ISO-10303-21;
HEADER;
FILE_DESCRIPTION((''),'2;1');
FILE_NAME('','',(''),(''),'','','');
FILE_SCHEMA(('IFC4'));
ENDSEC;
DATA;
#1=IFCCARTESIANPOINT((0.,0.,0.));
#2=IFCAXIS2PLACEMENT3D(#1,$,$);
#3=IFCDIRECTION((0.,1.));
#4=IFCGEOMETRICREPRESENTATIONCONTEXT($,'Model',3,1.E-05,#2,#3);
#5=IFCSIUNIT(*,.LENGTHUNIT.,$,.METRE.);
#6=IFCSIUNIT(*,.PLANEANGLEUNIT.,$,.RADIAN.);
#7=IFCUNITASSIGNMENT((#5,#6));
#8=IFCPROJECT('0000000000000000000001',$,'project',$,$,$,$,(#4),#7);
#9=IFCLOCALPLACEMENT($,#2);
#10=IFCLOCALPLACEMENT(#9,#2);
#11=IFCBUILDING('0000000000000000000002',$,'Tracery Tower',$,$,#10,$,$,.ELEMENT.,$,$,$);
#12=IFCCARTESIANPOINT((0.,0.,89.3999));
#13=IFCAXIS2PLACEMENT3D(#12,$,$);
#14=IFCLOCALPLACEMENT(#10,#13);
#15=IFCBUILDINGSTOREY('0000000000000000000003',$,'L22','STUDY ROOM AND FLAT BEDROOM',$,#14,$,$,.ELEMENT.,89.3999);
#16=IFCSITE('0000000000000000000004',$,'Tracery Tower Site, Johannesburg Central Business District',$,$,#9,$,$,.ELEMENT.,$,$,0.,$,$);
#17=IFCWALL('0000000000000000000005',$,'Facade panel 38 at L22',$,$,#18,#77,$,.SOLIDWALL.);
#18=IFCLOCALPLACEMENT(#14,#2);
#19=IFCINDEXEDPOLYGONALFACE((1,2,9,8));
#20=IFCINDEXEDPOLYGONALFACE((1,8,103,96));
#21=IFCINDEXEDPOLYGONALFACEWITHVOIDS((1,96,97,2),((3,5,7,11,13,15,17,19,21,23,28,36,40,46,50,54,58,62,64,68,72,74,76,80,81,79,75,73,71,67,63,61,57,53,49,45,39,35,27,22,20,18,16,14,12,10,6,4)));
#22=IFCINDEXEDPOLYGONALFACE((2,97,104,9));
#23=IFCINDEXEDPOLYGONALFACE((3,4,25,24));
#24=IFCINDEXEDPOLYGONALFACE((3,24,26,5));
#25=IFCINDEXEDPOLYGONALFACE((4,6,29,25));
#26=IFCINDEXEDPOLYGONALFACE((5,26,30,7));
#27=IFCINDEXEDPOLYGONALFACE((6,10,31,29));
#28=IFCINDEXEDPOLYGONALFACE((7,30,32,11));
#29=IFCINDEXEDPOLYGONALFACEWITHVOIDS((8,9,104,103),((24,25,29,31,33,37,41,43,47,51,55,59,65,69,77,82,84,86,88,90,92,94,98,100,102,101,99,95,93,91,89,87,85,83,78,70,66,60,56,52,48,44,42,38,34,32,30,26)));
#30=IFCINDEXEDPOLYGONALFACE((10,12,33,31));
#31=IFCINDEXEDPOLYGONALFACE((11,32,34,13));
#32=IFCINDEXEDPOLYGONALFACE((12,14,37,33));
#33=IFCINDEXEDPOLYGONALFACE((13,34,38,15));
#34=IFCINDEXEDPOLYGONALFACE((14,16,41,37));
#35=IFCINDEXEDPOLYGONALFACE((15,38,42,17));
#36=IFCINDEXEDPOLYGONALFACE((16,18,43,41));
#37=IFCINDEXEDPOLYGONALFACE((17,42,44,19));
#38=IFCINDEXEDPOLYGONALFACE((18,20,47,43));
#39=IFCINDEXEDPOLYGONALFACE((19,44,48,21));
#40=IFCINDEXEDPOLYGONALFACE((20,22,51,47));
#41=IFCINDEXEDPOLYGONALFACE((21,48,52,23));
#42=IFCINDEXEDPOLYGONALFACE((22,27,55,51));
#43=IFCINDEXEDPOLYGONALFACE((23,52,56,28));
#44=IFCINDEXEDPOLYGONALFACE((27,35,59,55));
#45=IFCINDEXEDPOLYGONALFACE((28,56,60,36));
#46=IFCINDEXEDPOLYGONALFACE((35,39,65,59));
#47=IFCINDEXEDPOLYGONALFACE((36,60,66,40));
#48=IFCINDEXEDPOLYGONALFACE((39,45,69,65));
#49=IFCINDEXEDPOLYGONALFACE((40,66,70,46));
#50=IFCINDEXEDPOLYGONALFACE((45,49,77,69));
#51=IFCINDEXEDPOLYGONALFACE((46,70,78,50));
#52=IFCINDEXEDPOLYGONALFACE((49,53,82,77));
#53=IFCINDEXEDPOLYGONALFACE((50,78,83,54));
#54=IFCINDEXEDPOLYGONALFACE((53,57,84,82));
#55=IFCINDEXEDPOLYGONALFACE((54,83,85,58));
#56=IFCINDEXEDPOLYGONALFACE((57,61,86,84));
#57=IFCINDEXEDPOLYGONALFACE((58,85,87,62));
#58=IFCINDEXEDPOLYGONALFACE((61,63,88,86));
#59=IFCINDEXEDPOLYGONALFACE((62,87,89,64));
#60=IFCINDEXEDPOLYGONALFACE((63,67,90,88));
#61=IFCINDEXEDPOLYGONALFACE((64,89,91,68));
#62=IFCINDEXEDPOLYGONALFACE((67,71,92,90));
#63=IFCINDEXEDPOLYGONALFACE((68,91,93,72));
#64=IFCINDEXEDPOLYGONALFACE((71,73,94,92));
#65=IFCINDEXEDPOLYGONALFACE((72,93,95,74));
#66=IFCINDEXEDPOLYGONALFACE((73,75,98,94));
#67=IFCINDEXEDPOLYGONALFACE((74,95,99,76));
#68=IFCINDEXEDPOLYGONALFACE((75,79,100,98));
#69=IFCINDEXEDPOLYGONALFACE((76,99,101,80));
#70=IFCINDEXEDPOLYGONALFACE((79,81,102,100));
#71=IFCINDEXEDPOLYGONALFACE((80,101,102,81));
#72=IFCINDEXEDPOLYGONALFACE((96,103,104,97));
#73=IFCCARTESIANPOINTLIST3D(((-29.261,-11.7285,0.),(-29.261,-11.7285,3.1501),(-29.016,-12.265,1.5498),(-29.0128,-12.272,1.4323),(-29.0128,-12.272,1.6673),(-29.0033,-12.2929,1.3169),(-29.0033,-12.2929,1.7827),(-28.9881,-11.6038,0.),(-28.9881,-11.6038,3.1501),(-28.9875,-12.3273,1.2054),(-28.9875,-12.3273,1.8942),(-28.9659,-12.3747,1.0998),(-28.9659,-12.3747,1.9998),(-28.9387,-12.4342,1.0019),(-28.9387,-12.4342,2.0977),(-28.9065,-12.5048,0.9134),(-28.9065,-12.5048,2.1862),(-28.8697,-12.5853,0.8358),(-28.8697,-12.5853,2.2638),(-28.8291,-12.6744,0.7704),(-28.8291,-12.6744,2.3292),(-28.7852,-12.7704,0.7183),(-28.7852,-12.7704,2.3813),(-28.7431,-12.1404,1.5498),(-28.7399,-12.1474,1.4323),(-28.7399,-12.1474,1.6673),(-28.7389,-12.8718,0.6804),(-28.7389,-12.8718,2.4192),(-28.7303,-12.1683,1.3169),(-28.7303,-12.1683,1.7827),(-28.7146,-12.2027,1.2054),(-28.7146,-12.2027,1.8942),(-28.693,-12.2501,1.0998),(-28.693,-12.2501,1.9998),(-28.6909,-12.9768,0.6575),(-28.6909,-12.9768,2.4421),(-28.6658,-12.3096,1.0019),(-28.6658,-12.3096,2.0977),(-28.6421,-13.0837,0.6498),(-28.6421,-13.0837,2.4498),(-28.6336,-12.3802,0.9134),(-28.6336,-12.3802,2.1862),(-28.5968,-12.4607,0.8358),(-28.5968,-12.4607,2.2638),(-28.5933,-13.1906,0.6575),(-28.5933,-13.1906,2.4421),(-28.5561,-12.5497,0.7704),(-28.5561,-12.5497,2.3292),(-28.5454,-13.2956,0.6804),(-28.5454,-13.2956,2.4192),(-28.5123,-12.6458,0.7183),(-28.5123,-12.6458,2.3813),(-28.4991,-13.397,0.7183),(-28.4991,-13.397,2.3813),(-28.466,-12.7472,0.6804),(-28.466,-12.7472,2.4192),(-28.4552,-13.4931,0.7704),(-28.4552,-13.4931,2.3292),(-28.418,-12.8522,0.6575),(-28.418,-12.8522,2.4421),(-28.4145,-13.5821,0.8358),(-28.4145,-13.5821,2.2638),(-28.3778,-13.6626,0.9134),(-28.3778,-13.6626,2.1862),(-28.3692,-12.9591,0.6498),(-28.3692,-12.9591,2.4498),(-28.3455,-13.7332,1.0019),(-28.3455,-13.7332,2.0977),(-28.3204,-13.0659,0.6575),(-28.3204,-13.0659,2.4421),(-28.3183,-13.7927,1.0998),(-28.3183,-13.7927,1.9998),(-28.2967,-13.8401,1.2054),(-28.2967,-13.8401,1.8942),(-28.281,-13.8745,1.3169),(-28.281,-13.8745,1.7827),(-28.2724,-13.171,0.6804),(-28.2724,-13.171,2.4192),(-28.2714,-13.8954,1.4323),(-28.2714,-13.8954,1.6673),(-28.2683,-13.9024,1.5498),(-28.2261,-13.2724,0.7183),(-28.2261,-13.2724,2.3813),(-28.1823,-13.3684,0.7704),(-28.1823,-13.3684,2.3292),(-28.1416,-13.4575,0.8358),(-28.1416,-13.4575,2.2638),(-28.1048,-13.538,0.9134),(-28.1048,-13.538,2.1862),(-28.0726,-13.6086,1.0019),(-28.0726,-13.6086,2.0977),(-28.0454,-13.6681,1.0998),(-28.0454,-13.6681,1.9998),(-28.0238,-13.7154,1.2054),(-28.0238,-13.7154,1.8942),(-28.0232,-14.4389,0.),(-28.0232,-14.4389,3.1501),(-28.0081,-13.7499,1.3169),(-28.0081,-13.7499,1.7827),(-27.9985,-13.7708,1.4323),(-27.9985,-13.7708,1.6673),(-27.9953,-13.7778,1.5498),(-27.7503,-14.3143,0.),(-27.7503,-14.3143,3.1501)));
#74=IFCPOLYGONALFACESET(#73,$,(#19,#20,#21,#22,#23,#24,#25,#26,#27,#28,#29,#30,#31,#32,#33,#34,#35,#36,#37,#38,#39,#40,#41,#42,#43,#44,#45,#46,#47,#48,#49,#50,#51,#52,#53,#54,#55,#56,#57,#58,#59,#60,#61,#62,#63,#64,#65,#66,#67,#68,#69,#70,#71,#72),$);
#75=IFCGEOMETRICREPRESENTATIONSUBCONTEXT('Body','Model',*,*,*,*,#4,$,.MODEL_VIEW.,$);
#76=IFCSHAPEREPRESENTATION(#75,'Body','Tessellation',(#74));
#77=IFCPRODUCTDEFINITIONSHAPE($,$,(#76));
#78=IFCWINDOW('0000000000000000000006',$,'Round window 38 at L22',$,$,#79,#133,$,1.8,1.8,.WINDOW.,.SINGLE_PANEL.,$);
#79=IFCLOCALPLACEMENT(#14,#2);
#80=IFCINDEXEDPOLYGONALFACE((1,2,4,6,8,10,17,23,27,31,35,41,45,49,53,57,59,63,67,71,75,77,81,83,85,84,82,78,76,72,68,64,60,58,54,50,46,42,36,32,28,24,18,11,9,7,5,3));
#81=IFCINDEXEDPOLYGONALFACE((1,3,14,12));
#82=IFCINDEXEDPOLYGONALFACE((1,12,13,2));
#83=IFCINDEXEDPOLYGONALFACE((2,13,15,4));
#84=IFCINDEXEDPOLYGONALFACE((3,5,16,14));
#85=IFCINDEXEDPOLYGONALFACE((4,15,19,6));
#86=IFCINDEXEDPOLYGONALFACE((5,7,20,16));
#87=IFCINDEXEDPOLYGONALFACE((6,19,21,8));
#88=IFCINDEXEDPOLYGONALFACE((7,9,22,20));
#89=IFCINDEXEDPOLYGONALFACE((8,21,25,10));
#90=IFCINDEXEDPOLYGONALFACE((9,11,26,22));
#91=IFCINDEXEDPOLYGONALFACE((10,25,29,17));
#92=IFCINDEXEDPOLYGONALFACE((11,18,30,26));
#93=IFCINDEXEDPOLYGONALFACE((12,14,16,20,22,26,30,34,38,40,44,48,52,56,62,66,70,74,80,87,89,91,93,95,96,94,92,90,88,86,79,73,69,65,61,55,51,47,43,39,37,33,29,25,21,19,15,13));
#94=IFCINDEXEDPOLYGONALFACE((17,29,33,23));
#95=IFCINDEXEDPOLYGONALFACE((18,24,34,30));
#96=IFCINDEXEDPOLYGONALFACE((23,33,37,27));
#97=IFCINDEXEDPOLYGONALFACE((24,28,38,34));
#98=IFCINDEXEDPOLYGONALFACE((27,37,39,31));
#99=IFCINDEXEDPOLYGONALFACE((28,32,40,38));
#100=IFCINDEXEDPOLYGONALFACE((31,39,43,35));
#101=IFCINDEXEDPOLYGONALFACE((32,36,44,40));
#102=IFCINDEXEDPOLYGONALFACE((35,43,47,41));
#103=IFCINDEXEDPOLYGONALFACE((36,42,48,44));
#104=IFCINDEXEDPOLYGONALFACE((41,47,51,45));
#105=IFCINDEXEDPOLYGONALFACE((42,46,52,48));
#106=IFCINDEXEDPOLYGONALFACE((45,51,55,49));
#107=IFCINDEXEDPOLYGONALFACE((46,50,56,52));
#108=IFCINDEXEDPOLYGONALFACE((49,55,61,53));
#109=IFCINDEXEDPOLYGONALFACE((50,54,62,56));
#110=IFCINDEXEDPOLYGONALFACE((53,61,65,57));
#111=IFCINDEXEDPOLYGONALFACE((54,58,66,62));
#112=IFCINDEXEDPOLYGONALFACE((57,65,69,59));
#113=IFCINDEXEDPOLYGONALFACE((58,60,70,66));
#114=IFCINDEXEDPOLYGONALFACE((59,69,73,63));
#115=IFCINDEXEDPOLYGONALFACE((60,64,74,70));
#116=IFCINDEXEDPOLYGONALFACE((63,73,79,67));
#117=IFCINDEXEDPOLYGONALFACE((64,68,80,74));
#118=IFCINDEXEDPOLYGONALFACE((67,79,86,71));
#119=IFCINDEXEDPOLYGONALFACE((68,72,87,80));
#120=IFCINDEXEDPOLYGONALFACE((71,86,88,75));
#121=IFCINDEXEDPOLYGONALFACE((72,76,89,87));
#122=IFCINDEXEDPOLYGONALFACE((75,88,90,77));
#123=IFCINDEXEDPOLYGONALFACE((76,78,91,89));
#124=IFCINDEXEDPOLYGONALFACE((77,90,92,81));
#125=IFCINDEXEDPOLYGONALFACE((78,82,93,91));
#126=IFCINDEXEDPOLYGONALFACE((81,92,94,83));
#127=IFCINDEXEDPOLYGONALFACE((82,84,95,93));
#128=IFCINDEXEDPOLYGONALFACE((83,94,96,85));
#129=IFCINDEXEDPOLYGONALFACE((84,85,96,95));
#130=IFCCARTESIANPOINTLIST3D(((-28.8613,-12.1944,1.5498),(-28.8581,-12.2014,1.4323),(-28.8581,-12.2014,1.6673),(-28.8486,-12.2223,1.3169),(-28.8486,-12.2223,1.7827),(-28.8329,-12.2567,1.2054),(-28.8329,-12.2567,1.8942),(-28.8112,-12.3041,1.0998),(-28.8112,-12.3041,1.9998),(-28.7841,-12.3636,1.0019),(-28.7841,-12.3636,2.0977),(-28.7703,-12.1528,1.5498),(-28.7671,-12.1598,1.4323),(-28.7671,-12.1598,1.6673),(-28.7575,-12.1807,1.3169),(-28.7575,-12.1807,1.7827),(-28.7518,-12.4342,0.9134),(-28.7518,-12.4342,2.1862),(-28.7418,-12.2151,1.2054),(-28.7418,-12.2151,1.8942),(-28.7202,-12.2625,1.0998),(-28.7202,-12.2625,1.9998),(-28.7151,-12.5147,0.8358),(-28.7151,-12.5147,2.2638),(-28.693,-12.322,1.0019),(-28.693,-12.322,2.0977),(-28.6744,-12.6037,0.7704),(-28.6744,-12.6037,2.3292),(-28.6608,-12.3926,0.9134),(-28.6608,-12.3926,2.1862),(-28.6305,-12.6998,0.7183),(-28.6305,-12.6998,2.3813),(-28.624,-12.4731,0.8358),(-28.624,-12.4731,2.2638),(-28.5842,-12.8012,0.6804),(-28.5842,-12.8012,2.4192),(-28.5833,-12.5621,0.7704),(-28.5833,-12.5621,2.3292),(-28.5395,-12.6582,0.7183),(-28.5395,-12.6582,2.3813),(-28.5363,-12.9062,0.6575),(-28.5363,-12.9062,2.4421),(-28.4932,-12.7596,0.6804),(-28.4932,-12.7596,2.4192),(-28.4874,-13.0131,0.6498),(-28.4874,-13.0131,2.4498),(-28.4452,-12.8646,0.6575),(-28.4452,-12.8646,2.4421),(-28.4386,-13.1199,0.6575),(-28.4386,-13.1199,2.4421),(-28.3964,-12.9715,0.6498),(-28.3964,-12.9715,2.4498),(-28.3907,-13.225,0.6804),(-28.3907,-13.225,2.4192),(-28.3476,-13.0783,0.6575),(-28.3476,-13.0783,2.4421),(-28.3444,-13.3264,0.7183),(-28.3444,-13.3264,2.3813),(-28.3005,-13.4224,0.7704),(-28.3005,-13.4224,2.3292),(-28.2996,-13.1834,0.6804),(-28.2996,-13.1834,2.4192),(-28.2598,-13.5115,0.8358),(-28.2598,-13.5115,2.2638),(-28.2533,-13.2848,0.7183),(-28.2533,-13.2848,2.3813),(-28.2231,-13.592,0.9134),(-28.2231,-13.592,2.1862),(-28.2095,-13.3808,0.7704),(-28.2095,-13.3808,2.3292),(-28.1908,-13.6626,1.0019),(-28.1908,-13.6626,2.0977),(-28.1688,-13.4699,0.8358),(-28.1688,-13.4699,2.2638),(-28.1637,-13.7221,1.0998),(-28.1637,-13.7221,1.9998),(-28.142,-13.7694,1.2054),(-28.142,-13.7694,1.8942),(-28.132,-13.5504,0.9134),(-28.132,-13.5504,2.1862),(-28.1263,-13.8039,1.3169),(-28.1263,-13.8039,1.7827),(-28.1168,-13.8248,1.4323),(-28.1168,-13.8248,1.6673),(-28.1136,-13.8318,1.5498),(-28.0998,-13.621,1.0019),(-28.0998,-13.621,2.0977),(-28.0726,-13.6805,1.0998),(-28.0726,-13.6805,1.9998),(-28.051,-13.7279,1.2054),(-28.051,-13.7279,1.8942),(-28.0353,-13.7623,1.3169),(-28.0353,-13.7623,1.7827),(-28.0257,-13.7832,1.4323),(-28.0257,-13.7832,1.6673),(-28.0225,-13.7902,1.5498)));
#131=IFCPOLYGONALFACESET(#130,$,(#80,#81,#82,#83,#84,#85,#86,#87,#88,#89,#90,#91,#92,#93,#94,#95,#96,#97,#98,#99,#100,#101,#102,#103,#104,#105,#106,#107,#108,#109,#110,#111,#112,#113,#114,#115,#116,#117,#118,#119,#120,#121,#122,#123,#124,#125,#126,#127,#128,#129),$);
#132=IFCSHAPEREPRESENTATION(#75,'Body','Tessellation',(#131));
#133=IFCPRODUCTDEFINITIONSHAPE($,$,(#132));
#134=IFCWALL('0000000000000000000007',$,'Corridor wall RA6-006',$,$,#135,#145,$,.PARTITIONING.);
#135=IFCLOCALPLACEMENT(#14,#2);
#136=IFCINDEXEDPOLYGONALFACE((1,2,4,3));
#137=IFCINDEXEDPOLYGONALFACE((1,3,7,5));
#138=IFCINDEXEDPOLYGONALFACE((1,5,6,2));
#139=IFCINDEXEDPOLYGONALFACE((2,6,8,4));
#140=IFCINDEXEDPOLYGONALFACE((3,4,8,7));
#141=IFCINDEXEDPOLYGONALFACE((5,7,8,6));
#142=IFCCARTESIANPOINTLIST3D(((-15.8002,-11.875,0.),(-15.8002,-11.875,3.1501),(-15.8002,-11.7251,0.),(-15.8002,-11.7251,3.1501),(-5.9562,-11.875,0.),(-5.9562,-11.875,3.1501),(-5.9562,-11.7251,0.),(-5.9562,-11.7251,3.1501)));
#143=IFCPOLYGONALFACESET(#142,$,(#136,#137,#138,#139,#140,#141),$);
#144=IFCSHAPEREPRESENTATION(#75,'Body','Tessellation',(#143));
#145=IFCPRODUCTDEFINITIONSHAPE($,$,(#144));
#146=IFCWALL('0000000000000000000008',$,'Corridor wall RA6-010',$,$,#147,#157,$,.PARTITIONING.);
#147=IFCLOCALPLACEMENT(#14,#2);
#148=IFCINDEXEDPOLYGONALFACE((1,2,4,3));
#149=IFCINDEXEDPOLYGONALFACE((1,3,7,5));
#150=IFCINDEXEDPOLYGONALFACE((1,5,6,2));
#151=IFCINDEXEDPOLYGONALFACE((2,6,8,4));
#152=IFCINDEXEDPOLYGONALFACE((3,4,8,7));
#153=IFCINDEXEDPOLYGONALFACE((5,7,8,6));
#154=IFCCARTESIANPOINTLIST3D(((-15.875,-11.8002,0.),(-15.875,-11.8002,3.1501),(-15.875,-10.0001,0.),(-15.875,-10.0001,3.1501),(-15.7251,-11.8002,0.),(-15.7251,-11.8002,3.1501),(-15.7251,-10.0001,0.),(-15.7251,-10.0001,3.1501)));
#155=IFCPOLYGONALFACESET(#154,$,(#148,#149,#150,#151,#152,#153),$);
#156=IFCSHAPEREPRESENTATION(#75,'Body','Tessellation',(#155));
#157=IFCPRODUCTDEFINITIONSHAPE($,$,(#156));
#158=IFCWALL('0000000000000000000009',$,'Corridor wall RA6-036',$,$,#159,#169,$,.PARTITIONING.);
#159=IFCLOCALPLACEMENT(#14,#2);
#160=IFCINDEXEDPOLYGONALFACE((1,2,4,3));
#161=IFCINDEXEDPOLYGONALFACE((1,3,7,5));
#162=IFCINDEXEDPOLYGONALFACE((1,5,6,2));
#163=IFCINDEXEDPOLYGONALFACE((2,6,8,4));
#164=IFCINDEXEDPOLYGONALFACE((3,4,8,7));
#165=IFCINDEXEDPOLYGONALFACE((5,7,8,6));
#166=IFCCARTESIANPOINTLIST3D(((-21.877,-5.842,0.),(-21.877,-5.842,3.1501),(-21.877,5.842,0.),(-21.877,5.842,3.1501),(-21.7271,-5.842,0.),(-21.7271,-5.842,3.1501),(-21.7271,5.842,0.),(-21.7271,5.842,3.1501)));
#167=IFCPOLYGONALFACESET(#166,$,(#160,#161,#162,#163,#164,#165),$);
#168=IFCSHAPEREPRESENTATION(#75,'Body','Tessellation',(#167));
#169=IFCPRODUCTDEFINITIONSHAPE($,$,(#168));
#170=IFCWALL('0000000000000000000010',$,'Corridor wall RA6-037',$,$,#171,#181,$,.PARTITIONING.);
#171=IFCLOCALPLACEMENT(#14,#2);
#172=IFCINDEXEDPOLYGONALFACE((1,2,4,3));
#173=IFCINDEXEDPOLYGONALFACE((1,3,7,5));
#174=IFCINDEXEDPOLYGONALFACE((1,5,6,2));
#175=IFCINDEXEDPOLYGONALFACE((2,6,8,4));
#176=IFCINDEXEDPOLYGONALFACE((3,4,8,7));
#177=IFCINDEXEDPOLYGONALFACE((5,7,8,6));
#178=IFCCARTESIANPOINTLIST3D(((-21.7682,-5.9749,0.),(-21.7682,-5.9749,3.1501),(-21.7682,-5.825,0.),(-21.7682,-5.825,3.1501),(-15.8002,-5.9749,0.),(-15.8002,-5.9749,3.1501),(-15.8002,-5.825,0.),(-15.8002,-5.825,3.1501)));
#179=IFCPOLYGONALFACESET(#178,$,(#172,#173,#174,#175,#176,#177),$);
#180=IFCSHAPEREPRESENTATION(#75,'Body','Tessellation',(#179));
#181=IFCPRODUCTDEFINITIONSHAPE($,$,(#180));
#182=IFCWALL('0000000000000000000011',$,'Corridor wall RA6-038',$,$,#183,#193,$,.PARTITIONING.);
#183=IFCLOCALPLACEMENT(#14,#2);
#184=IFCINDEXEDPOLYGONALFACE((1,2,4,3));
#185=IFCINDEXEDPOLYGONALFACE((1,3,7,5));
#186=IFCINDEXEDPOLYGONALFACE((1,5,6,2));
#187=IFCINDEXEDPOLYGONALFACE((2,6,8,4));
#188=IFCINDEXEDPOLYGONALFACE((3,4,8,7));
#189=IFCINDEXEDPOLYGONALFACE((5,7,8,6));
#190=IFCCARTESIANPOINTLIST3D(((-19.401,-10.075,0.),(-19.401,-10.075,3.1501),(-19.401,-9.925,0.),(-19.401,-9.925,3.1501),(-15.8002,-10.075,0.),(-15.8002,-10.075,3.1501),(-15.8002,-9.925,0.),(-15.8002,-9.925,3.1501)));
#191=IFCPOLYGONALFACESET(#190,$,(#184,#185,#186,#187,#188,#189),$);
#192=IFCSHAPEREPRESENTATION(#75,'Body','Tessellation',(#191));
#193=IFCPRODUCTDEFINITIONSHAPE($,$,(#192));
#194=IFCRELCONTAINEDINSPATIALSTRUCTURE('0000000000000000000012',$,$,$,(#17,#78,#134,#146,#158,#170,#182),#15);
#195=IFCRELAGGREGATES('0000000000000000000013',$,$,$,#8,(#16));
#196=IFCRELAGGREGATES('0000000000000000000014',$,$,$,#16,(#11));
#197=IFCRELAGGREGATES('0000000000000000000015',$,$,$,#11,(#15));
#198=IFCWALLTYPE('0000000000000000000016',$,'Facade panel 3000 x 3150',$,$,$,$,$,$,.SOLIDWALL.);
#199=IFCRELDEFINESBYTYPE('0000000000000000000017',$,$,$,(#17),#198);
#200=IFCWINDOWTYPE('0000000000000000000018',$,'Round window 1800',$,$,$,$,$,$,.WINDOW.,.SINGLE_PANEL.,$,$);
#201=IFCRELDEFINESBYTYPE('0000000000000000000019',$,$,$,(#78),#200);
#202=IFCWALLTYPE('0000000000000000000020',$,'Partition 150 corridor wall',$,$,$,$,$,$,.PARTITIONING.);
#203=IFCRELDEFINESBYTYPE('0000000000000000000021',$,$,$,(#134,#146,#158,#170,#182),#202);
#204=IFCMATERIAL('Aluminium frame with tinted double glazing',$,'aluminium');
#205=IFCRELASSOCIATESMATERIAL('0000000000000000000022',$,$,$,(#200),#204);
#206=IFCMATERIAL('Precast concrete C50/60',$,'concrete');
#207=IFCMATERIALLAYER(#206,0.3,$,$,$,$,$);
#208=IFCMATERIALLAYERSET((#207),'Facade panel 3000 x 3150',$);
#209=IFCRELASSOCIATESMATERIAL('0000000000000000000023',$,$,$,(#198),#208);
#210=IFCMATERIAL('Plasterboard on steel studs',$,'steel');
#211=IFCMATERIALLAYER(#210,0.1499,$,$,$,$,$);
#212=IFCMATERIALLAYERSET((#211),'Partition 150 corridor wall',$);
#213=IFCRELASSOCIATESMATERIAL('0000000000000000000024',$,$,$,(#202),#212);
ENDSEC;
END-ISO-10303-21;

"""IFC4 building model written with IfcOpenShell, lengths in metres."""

from ifc_helpers import new_model, si_unit, direction, frame, frame_2d, origin, origin_2d, place, context, subcontext, project, spatial, rectangle, circle, extrude, material, layer, layer_set, type_object, element, fill, save


model = new_model("IFC4")

# Units and contexts
model_context = context("Model", 3, precision=1e-05, world=origin(), true_north=direction((0.0, 1.0)))
body_context = subcontext(model_context, "Body", "Model", "MODEL_VIEW")
ifc_project = project(units=[si_unit("LENGTHUNIT", "METRE"), si_unit("PLANEANGLEUNIT", "RADIAN")], contexts=[model_context])

# Site, building, storey
site_placement = place(None, origin())
site = spatial("IfcSite", under=ifc_project, at=site_placement, Name="Tracery Tower Site, Johannesburg Central Business District", CompositionType="ELEMENT", RefElevation=0.0)
building_placement = place(site_placement, origin())
building = spatial("IfcBuilding", under=site, at=building_placement, Name="Tracery Tower", CompositionType="ELEMENT")
storey_placement = place(building_placement, frame((0.0, 0.0, 89.3999)))
storey = spatial("IfcBuildingStorey", under=building, at=storey_placement, Name="L22", Description="STUDY ROOM AND FLAT BEDROOM", CompositionType="ELEMENT", Elevation=89.3999)

# Wall, opening, window
ifc_material_1 = material(Name="Aluminium frame with tinted double glazing", Category="aluminium")
window_type = type_object("IfcWindowType", Name="Round window 1800", PartitioningType="SINGLE_PANEL", PredefinedType="WINDOW", material=ifc_material_1)
ifc_material_2 = material(Name="Precast concrete C50/60", Category="concrete")
ifc_layer_1 = layer(ifc_material_2, 0.3)
ifc_layer_set_1 = layer_set([ifc_layer_1], Name="Facade panel 3000 x 3150")
wall_type_1 = type_object("IfcWallType", Name="Facade panel 3000 x 3150", PredefinedType="SOLIDWALL", material=ifc_layer_set_1)
wall_1_placement = place(storey_placement, frame((-29.1245, -11.6663, 0.0), z_axis=(0.0, 0.0, 1.0), x_axis=(0.415407, -0.909636, 0.0)))
wall_1 = element("IfcWall", 1, at=wall_1_placement, inside=storey, type_object=wall_type_1, Name="Facade panel 38 at L22", PredefinedType="SOLIDWALL", context=body_context, shape_type="SweptSolid", body=[
    extrude(rectangle(XDim=2.9797, YDim=0.3, at=frame_2d((1.4897, 0.0))), origin(), (0.0, 0.0, 1.0), 3.1501),
])
opening_1_placement = place(wall_1_placement, frame((1.4897, 0.0, 1.5498)))
opening_1 = element("IfcOpeningElement", 2, at=opening_1_placement, cuts=wall_1, PredefinedType="OPENING", context=body_context, shape_type="SweptSolid", body=[
    extrude(circle(Radius=0.9, at=origin_2d()), frame((0.0, 0.1599, 0.0), z_axis=(0.0, -1.0, 0.0), x_axis=(1.0, 0.0, 0.0)), (0.0, 0.0, 1.0), 0.3201),
])
window_1_placement = place(opening_1_placement, origin())
window_1 = element("IfcWindow", 3, at=window_1_placement, inside=storey, type_object=window_type, Name="Round window 38 at L22", OverallHeight=1.8, OverallWidth=1.8, PartitioningType="SINGLE_PANEL", PredefinedType="WINDOW", context=body_context, shape_type="SweptSolid", body=[
    extrude(circle(Radius=0.9, at=origin_2d()), frame((0.0, 0.1201, 0.0), z_axis=(0.0, -1.0, 0.0), x_axis=(1.0, 0.0, 0.0)), (0.0, 0.0, 1.0), 0.1001),
])
fill(opening_1, window_1)

# Walls
ifc_material_3 = material(Name="Plasterboard on steel studs", Category="steel")
ifc_layer_2 = layer(ifc_material_3, 0.1499)
ifc_layer_set_2 = layer_set([ifc_layer_2], Name="Partition 150 corridor wall")
wall_type_2 = type_object("IfcWallType", Name="Partition 150 corridor wall", PredefinedType="PARTITIONING", material=ifc_layer_set_2)
wall_2_placement = place(storey_placement, frame((-15.8, -11.8, 0.0), z_axis=(0.0, 0.0, 1.0), x_axis=(1.0, 0.0, 0.0)))
element("IfcWall", 4, at=wall_2_placement, inside=storey, type_object=wall_type_2, Name="Corridor wall RA6-006", PredefinedType="PARTITIONING", context=body_context, shape_type="SweptSolid", body=[
    extrude(rectangle(XDim=9.844, YDim=0.1499, at=frame_2d((4.9219, 0.0))), origin(), (0.0, 0.0, 1.0), 3.1501),
])
wall_3_placement = place(storey_placement, frame((-15.8, -11.8, 0.0), z_axis=(0.0, 0.0, 1.0), x_axis=(0.0, 1.0, 0.0)))
element("IfcWall", 5, at=wall_3_placement, inside=storey, type_object=wall_type_2, Name="Corridor wall RA6-010", PredefinedType="PARTITIONING", context=body_context, shape_type="SweptSolid", body=[
    extrude(rectangle(XDim=1.8, YDim=0.1499, at=frame_2d((0.8999, 0.0))), origin(), (0.0, 0.0, 1.0), 3.1501),
])
wall_4_placement = place(storey_placement, frame((-21.802, -5.842, 0.0), z_axis=(0.0, 0.0, 1.0), x_axis=(0.0, 1.0, 0.0)))
element("IfcWall", 6, at=wall_4_placement, inside=storey, type_object=wall_type_2, Name="Corridor wall RA6-036", PredefinedType="PARTITIONING", context=body_context, shape_type="SweptSolid", body=[
    extrude(rectangle(XDim=11.6841, YDim=0.1499, at=frame_2d((5.842, 0.0))), origin(), (0.0, 0.0, 1.0), 3.1501),
])
wall_5_placement = place(storey_placement, frame((-21.7681, -5.8999, 0.0), z_axis=(0.0, 0.0, 1.0), x_axis=(1.0, 0.0, 0.0)))
element("IfcWall", 7, at=wall_5_placement, inside=storey, type_object=wall_type_2, Name="Corridor wall RA6-037", PredefinedType="PARTITIONING", context=body_context, shape_type="SweptSolid", body=[
    extrude(rectangle(XDim=5.968, YDim=0.1499, at=frame_2d((2.9839, 0.0))), origin(), (0.0, 0.0, 1.0), 3.1501),
])
wall_6_placement = place(storey_placement, frame((-19.4009, -10.0, 0.0), z_axis=(0.0, 0.0, 1.0), x_axis=(1.0, 0.0, 0.0)))
element("IfcWall", 8, at=wall_6_placement, inside=storey, type_object=wall_type_2, Name="Corridor wall RA6-038", PredefinedType="PARTITIONING", context=body_context, shape_type="SweptSolid", body=[
    extrude(rectangle(XDim=3.6008, YDim=0.1499, at=frame_2d((1.8003, 0.0))), origin(), (0.0, 0.0, 1.0), 3.1501),
])

save(model, "model.ifc")
